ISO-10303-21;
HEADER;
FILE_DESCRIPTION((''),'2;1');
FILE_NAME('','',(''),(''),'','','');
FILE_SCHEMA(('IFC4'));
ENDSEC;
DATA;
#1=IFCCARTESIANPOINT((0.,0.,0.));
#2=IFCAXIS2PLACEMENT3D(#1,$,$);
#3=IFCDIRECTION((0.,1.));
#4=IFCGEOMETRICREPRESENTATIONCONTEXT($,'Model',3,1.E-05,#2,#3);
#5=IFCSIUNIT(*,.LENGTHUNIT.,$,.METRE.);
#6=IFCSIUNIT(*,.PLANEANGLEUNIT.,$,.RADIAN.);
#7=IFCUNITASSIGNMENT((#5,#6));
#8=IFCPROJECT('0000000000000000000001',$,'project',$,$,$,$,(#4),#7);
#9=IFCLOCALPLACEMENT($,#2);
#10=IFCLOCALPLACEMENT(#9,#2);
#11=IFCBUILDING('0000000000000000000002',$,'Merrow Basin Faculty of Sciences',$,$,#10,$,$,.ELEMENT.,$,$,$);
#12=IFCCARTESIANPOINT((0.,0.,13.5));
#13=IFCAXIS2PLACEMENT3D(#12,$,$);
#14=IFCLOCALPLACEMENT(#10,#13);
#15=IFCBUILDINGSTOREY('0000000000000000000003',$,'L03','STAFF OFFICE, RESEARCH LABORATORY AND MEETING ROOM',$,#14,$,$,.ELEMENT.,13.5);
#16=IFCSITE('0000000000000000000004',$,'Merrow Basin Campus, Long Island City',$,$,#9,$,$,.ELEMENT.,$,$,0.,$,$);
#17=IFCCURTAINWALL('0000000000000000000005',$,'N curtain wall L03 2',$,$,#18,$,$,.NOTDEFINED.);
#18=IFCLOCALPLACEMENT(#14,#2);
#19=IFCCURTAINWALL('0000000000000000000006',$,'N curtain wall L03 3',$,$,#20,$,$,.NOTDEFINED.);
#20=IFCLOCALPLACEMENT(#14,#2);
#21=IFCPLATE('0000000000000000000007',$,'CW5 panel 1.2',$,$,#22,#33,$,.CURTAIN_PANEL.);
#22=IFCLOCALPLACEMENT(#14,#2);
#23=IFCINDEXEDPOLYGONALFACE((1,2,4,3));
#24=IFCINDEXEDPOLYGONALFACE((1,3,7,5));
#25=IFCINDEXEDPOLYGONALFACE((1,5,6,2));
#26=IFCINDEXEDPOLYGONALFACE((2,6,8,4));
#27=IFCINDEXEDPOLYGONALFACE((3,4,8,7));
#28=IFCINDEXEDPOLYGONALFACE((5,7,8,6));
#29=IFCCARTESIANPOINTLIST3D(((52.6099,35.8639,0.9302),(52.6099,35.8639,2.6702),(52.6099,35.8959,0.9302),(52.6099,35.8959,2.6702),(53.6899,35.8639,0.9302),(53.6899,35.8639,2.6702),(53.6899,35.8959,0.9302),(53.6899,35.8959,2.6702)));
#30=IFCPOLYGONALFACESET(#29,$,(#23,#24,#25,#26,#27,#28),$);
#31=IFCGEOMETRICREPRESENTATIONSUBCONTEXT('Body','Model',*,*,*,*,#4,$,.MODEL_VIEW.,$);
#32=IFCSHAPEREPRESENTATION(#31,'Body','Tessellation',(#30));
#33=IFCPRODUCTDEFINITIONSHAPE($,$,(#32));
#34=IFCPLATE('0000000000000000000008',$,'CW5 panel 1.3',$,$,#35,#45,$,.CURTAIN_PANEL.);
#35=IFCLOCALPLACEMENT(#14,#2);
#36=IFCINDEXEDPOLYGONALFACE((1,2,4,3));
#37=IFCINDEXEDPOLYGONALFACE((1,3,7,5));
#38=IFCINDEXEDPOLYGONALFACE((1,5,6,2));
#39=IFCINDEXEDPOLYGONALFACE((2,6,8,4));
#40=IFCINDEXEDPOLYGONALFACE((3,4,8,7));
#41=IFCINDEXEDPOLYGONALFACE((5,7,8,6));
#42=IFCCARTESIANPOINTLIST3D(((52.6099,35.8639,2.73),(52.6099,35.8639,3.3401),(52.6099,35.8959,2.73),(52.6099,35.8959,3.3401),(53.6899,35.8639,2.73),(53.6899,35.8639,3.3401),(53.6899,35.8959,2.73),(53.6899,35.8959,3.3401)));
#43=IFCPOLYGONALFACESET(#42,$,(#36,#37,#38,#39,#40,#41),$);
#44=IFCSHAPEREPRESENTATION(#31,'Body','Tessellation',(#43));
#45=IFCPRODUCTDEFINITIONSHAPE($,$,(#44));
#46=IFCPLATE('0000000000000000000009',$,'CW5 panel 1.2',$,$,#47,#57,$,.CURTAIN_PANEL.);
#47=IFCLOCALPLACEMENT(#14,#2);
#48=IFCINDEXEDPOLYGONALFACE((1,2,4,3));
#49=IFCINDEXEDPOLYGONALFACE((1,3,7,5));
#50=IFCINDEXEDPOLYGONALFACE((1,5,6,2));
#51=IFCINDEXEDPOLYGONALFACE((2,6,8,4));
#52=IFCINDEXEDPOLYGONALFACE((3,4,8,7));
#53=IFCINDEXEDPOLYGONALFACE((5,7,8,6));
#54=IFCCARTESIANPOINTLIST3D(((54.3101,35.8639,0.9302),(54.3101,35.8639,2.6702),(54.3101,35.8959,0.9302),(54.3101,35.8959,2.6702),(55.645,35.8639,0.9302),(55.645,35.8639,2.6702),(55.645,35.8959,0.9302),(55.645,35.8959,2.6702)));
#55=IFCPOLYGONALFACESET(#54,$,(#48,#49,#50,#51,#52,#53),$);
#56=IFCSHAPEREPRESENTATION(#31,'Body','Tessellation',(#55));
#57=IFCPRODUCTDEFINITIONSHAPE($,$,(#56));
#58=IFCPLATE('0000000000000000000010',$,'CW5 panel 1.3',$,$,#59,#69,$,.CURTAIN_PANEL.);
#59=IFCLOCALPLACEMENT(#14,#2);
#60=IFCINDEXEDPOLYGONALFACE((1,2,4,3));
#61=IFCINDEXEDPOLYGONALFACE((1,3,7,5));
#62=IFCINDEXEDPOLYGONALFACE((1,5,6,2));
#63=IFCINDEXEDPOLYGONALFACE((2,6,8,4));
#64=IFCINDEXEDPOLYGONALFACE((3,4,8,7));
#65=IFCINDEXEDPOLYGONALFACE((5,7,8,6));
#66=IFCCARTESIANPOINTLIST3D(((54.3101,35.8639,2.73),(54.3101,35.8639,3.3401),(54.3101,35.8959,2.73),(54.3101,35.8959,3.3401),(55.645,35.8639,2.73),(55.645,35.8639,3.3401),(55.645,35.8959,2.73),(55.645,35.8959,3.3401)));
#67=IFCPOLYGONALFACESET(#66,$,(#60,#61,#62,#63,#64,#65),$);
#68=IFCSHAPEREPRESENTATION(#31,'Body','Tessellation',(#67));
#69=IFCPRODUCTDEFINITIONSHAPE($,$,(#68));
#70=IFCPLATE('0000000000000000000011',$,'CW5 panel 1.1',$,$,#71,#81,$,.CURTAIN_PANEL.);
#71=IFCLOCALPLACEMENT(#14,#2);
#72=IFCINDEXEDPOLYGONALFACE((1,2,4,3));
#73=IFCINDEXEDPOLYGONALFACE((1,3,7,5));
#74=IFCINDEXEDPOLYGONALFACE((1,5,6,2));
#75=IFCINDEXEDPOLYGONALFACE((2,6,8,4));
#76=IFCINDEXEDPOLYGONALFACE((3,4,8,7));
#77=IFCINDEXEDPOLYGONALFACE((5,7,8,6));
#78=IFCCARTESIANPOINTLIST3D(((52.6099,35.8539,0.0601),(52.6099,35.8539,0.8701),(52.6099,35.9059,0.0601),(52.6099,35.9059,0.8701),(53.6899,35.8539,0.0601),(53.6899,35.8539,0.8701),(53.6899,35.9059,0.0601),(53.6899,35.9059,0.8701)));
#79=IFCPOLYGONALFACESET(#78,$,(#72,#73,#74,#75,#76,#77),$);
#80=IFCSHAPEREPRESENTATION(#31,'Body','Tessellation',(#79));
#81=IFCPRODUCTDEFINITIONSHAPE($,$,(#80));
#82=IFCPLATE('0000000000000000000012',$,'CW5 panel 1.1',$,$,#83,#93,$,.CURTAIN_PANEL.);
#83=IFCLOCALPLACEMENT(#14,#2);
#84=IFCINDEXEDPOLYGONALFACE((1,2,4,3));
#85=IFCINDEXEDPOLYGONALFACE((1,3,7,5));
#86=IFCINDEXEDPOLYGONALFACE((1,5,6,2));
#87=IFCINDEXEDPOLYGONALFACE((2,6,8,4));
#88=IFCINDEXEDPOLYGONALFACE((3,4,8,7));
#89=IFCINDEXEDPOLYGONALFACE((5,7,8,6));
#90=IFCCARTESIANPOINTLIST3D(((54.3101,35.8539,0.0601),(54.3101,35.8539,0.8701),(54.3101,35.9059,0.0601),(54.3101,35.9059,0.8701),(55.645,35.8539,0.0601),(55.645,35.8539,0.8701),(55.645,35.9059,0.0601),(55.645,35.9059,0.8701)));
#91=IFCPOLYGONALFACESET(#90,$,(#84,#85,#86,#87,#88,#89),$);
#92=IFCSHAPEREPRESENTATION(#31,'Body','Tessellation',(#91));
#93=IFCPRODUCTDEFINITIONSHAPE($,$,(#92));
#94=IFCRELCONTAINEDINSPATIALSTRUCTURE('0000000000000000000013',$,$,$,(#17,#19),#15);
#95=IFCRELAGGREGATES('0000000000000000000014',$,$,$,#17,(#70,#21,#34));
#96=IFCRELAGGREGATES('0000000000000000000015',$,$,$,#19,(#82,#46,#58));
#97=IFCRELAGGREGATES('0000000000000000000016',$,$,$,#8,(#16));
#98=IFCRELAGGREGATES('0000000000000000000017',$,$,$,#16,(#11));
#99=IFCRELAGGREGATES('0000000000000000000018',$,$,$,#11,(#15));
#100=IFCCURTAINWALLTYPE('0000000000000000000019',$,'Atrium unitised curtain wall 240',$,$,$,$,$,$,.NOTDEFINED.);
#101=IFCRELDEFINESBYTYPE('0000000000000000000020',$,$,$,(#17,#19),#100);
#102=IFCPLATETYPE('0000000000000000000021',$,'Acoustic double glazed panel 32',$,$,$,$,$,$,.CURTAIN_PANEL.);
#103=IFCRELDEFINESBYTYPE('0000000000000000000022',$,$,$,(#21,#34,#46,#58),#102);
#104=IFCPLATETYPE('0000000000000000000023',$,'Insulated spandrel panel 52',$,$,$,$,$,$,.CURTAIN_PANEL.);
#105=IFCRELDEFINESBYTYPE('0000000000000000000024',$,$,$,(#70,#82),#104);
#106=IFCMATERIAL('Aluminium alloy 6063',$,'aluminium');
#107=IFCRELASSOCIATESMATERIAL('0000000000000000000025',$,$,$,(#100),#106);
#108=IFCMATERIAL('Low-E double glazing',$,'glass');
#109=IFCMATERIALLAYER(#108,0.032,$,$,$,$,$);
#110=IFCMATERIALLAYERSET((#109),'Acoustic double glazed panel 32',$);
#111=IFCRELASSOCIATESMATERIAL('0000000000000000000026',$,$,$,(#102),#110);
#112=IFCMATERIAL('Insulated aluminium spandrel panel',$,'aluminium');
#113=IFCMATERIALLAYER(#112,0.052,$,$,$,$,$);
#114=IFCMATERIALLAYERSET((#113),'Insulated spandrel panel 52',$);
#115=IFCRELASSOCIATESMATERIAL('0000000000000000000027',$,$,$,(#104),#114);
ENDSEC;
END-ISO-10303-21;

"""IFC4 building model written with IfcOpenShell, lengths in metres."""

from ifc_helpers import new_model, si_unit, direction, frame, origin, origin_2d, place, context, subcontext, project, spatial, rectangle, extrude, material, layer, layer_set, type_object, element, aggregate, save


model = new_model("IFC4")

# Units and contexts
model_context = context("Model", 3, precision=1e-05, world=origin(), true_north=direction((0.0, 1.0)))
body_context = subcontext(model_context, "Body", "Model", "MODEL_VIEW")
ifc_project = project(units=[si_unit("LENGTHUNIT", "METRE"), si_unit("PLANEANGLEUNIT", "RADIAN")], contexts=[model_context])

# Site, building, storey
site_placement = place(None, origin())
site = spatial("IfcSite", under=ifc_project, at=site_placement, Name="Merrow Basin Campus, Long Island City", CompositionType="ELEMENT", RefElevation=0.0)
building_placement = place(site_placement, origin())
building = spatial("IfcBuilding", under=site, at=building_placement, Name="Merrow Basin Faculty of Sciences", CompositionType="ELEMENT")
storey_placement = place(building_placement, frame((0.0, 0.0, 13.5)))
storey = spatial("IfcBuildingStorey", under=building, at=storey_placement, Name="L03", Description="STAFF OFFICE, RESEARCH LABORATORY AND MEETING ROOM", CompositionType="ELEMENT", Elevation=13.5)

# Curtain wall
ifc_material_1 = material(Name="Aluminium alloy 6063", Category="aluminium")
curtain_wall_type = type_object("IfcCurtainWallType", Name="Atrium unitised curtain wall 240", PredefinedType="NOTDEFINED", material=ifc_material_1)
curtain_wall_1_placement = place(storey_placement, origin())
curtain_wall_1 = element("IfcCurtainWall", 1, at=curtain_wall_1_placement, inside=storey, type_object=curtain_wall_type, Name="N curtain wall L03 2", PredefinedType="NOTDEFINED")

# Curtain wall
curtain_wall_2_placement = place(storey_placement, origin())
curtain_wall_2 = element("IfcCurtainWall", 2, at=curtain_wall_2_placement, inside=storey, type_object=curtain_wall_type, Name="N curtain wall L03 3", PredefinedType="NOTDEFINED")

# Plates
ifc_material_2 = material(Name="Low-E double glazing", Category="glass")
ifc_layer_1 = layer(ifc_material_2, 0.032)
ifc_layer_set_1 = layer_set([ifc_layer_1], Name="Acoustic double glazed panel 32")
plate_type_1 = type_object("IfcPlateType", Name="Acoustic double glazed panel 32", PredefinedType="CURTAIN_PANEL", material=ifc_layer_set_1)
plate_1_placement = place(storey_placement, frame((53.1499, 35.8799, 0.9302), z_axis=(0.0, 0.0, 1.0), x_axis=(1.0, 0.0, 0.0)))
plate_1 = element("IfcPlate", 3, at=plate_1_placement, type_object=plate_type_1, Name="CW5 panel 1.2", PredefinedType="CURTAIN_PANEL", context=body_context, shape_type="SweptSolid", body=[
    extrude(rectangle(XDim=1.0801, YDim=0.032, at=origin_2d()), origin(), (0.0, 0.0, 1.0), 1.74),
])
plate_2_placement = place(storey_placement, frame((53.1499, 35.8799, 2.73), z_axis=(0.0, 0.0, 1.0), x_axis=(1.0, 0.0, 0.0)))
plate_2 = element("IfcPlate", 4, at=plate_2_placement, type_object=plate_type_1, Name="CW5 panel 1.3", PredefinedType="CURTAIN_PANEL", context=body_context, shape_type="SweptSolid", body=[
    extrude(rectangle(XDim=1.0801, YDim=0.032, at=origin_2d()), origin(), (0.0, 0.0, 1.0), 0.6101),
])
plate_3_placement = place(storey_placement, frame((54.9775, 35.8799, 0.9302), z_axis=(0.0, 0.0, 1.0), x_axis=(1.0, 0.0, 0.0)))
plate_3 = element("IfcPlate", 5, at=plate_3_placement, type_object=plate_type_1, Name="CW5 panel 1.2", PredefinedType="CURTAIN_PANEL", context=body_context, shape_type="SweptSolid", body=[
    extrude(rectangle(XDim=1.335, YDim=0.032, at=origin_2d()), origin(), (0.0, 0.0, 1.0), 1.74),
])
plate_4_placement = place(storey_placement, frame((54.9775, 35.8799, 2.73), z_axis=(0.0, 0.0, 1.0), x_axis=(1.0, 0.0, 0.0)))
plate_4 = element("IfcPlate", 6, at=plate_4_placement, type_object=plate_type_1, Name="CW5 panel 1.3", PredefinedType="CURTAIN_PANEL", context=body_context, shape_type="SweptSolid", body=[
    extrude(rectangle(XDim=1.335, YDim=0.032, at=origin_2d()), origin(), (0.0, 0.0, 1.0), 0.6101),
])
ifc_material_3 = material(Name="Insulated aluminium spandrel panel", Category="aluminium")
ifc_layer_2 = layer(ifc_material_3, 0.052)
ifc_layer_set_2 = layer_set([ifc_layer_2], Name="Insulated spandrel panel 52")
plate_type_2 = type_object("IfcPlateType", Name="Insulated spandrel panel 52", PredefinedType="CURTAIN_PANEL", material=ifc_layer_set_2)
plate_5_placement = place(storey_placement, frame((53.1499, 35.8799, 0.0601), z_axis=(0.0, 0.0, 1.0), x_axis=(1.0, 0.0, 0.0)))
plate_5 = element("IfcPlate", 7, at=plate_5_placement, type_object=plate_type_2, Name="CW5 panel 1.1", PredefinedType="CURTAIN_PANEL", context=body_context, shape_type="SweptSolid", body=[
    extrude(rectangle(XDim=1.0801, YDim=0.052, at=origin_2d()), origin(), (0.0, 0.0, 1.0), 0.8101),
])
aggregate(curtain_wall_1, [plate_5, plate_1, plate_2])
plate_6_placement = place(storey_placement, frame((54.9775, 35.8799, 0.0601), z_axis=(0.0, 0.0, 1.0), x_axis=(1.0, 0.0, 0.0)))
plate_6 = element("IfcPlate", 8, at=plate_6_placement, type_object=plate_type_2, Name="CW5 panel 1.1", PredefinedType="CURTAIN_PANEL", context=body_context, shape_type="SweptSolid", body=[
    extrude(rectangle(XDim=1.335, YDim=0.052, at=origin_2d()), origin(), (0.0, 0.0, 1.0), 0.8101),
])
aggregate(curtain_wall_2, [plate_6, plate_3, plate_4])

save(model, "model.ifc")
